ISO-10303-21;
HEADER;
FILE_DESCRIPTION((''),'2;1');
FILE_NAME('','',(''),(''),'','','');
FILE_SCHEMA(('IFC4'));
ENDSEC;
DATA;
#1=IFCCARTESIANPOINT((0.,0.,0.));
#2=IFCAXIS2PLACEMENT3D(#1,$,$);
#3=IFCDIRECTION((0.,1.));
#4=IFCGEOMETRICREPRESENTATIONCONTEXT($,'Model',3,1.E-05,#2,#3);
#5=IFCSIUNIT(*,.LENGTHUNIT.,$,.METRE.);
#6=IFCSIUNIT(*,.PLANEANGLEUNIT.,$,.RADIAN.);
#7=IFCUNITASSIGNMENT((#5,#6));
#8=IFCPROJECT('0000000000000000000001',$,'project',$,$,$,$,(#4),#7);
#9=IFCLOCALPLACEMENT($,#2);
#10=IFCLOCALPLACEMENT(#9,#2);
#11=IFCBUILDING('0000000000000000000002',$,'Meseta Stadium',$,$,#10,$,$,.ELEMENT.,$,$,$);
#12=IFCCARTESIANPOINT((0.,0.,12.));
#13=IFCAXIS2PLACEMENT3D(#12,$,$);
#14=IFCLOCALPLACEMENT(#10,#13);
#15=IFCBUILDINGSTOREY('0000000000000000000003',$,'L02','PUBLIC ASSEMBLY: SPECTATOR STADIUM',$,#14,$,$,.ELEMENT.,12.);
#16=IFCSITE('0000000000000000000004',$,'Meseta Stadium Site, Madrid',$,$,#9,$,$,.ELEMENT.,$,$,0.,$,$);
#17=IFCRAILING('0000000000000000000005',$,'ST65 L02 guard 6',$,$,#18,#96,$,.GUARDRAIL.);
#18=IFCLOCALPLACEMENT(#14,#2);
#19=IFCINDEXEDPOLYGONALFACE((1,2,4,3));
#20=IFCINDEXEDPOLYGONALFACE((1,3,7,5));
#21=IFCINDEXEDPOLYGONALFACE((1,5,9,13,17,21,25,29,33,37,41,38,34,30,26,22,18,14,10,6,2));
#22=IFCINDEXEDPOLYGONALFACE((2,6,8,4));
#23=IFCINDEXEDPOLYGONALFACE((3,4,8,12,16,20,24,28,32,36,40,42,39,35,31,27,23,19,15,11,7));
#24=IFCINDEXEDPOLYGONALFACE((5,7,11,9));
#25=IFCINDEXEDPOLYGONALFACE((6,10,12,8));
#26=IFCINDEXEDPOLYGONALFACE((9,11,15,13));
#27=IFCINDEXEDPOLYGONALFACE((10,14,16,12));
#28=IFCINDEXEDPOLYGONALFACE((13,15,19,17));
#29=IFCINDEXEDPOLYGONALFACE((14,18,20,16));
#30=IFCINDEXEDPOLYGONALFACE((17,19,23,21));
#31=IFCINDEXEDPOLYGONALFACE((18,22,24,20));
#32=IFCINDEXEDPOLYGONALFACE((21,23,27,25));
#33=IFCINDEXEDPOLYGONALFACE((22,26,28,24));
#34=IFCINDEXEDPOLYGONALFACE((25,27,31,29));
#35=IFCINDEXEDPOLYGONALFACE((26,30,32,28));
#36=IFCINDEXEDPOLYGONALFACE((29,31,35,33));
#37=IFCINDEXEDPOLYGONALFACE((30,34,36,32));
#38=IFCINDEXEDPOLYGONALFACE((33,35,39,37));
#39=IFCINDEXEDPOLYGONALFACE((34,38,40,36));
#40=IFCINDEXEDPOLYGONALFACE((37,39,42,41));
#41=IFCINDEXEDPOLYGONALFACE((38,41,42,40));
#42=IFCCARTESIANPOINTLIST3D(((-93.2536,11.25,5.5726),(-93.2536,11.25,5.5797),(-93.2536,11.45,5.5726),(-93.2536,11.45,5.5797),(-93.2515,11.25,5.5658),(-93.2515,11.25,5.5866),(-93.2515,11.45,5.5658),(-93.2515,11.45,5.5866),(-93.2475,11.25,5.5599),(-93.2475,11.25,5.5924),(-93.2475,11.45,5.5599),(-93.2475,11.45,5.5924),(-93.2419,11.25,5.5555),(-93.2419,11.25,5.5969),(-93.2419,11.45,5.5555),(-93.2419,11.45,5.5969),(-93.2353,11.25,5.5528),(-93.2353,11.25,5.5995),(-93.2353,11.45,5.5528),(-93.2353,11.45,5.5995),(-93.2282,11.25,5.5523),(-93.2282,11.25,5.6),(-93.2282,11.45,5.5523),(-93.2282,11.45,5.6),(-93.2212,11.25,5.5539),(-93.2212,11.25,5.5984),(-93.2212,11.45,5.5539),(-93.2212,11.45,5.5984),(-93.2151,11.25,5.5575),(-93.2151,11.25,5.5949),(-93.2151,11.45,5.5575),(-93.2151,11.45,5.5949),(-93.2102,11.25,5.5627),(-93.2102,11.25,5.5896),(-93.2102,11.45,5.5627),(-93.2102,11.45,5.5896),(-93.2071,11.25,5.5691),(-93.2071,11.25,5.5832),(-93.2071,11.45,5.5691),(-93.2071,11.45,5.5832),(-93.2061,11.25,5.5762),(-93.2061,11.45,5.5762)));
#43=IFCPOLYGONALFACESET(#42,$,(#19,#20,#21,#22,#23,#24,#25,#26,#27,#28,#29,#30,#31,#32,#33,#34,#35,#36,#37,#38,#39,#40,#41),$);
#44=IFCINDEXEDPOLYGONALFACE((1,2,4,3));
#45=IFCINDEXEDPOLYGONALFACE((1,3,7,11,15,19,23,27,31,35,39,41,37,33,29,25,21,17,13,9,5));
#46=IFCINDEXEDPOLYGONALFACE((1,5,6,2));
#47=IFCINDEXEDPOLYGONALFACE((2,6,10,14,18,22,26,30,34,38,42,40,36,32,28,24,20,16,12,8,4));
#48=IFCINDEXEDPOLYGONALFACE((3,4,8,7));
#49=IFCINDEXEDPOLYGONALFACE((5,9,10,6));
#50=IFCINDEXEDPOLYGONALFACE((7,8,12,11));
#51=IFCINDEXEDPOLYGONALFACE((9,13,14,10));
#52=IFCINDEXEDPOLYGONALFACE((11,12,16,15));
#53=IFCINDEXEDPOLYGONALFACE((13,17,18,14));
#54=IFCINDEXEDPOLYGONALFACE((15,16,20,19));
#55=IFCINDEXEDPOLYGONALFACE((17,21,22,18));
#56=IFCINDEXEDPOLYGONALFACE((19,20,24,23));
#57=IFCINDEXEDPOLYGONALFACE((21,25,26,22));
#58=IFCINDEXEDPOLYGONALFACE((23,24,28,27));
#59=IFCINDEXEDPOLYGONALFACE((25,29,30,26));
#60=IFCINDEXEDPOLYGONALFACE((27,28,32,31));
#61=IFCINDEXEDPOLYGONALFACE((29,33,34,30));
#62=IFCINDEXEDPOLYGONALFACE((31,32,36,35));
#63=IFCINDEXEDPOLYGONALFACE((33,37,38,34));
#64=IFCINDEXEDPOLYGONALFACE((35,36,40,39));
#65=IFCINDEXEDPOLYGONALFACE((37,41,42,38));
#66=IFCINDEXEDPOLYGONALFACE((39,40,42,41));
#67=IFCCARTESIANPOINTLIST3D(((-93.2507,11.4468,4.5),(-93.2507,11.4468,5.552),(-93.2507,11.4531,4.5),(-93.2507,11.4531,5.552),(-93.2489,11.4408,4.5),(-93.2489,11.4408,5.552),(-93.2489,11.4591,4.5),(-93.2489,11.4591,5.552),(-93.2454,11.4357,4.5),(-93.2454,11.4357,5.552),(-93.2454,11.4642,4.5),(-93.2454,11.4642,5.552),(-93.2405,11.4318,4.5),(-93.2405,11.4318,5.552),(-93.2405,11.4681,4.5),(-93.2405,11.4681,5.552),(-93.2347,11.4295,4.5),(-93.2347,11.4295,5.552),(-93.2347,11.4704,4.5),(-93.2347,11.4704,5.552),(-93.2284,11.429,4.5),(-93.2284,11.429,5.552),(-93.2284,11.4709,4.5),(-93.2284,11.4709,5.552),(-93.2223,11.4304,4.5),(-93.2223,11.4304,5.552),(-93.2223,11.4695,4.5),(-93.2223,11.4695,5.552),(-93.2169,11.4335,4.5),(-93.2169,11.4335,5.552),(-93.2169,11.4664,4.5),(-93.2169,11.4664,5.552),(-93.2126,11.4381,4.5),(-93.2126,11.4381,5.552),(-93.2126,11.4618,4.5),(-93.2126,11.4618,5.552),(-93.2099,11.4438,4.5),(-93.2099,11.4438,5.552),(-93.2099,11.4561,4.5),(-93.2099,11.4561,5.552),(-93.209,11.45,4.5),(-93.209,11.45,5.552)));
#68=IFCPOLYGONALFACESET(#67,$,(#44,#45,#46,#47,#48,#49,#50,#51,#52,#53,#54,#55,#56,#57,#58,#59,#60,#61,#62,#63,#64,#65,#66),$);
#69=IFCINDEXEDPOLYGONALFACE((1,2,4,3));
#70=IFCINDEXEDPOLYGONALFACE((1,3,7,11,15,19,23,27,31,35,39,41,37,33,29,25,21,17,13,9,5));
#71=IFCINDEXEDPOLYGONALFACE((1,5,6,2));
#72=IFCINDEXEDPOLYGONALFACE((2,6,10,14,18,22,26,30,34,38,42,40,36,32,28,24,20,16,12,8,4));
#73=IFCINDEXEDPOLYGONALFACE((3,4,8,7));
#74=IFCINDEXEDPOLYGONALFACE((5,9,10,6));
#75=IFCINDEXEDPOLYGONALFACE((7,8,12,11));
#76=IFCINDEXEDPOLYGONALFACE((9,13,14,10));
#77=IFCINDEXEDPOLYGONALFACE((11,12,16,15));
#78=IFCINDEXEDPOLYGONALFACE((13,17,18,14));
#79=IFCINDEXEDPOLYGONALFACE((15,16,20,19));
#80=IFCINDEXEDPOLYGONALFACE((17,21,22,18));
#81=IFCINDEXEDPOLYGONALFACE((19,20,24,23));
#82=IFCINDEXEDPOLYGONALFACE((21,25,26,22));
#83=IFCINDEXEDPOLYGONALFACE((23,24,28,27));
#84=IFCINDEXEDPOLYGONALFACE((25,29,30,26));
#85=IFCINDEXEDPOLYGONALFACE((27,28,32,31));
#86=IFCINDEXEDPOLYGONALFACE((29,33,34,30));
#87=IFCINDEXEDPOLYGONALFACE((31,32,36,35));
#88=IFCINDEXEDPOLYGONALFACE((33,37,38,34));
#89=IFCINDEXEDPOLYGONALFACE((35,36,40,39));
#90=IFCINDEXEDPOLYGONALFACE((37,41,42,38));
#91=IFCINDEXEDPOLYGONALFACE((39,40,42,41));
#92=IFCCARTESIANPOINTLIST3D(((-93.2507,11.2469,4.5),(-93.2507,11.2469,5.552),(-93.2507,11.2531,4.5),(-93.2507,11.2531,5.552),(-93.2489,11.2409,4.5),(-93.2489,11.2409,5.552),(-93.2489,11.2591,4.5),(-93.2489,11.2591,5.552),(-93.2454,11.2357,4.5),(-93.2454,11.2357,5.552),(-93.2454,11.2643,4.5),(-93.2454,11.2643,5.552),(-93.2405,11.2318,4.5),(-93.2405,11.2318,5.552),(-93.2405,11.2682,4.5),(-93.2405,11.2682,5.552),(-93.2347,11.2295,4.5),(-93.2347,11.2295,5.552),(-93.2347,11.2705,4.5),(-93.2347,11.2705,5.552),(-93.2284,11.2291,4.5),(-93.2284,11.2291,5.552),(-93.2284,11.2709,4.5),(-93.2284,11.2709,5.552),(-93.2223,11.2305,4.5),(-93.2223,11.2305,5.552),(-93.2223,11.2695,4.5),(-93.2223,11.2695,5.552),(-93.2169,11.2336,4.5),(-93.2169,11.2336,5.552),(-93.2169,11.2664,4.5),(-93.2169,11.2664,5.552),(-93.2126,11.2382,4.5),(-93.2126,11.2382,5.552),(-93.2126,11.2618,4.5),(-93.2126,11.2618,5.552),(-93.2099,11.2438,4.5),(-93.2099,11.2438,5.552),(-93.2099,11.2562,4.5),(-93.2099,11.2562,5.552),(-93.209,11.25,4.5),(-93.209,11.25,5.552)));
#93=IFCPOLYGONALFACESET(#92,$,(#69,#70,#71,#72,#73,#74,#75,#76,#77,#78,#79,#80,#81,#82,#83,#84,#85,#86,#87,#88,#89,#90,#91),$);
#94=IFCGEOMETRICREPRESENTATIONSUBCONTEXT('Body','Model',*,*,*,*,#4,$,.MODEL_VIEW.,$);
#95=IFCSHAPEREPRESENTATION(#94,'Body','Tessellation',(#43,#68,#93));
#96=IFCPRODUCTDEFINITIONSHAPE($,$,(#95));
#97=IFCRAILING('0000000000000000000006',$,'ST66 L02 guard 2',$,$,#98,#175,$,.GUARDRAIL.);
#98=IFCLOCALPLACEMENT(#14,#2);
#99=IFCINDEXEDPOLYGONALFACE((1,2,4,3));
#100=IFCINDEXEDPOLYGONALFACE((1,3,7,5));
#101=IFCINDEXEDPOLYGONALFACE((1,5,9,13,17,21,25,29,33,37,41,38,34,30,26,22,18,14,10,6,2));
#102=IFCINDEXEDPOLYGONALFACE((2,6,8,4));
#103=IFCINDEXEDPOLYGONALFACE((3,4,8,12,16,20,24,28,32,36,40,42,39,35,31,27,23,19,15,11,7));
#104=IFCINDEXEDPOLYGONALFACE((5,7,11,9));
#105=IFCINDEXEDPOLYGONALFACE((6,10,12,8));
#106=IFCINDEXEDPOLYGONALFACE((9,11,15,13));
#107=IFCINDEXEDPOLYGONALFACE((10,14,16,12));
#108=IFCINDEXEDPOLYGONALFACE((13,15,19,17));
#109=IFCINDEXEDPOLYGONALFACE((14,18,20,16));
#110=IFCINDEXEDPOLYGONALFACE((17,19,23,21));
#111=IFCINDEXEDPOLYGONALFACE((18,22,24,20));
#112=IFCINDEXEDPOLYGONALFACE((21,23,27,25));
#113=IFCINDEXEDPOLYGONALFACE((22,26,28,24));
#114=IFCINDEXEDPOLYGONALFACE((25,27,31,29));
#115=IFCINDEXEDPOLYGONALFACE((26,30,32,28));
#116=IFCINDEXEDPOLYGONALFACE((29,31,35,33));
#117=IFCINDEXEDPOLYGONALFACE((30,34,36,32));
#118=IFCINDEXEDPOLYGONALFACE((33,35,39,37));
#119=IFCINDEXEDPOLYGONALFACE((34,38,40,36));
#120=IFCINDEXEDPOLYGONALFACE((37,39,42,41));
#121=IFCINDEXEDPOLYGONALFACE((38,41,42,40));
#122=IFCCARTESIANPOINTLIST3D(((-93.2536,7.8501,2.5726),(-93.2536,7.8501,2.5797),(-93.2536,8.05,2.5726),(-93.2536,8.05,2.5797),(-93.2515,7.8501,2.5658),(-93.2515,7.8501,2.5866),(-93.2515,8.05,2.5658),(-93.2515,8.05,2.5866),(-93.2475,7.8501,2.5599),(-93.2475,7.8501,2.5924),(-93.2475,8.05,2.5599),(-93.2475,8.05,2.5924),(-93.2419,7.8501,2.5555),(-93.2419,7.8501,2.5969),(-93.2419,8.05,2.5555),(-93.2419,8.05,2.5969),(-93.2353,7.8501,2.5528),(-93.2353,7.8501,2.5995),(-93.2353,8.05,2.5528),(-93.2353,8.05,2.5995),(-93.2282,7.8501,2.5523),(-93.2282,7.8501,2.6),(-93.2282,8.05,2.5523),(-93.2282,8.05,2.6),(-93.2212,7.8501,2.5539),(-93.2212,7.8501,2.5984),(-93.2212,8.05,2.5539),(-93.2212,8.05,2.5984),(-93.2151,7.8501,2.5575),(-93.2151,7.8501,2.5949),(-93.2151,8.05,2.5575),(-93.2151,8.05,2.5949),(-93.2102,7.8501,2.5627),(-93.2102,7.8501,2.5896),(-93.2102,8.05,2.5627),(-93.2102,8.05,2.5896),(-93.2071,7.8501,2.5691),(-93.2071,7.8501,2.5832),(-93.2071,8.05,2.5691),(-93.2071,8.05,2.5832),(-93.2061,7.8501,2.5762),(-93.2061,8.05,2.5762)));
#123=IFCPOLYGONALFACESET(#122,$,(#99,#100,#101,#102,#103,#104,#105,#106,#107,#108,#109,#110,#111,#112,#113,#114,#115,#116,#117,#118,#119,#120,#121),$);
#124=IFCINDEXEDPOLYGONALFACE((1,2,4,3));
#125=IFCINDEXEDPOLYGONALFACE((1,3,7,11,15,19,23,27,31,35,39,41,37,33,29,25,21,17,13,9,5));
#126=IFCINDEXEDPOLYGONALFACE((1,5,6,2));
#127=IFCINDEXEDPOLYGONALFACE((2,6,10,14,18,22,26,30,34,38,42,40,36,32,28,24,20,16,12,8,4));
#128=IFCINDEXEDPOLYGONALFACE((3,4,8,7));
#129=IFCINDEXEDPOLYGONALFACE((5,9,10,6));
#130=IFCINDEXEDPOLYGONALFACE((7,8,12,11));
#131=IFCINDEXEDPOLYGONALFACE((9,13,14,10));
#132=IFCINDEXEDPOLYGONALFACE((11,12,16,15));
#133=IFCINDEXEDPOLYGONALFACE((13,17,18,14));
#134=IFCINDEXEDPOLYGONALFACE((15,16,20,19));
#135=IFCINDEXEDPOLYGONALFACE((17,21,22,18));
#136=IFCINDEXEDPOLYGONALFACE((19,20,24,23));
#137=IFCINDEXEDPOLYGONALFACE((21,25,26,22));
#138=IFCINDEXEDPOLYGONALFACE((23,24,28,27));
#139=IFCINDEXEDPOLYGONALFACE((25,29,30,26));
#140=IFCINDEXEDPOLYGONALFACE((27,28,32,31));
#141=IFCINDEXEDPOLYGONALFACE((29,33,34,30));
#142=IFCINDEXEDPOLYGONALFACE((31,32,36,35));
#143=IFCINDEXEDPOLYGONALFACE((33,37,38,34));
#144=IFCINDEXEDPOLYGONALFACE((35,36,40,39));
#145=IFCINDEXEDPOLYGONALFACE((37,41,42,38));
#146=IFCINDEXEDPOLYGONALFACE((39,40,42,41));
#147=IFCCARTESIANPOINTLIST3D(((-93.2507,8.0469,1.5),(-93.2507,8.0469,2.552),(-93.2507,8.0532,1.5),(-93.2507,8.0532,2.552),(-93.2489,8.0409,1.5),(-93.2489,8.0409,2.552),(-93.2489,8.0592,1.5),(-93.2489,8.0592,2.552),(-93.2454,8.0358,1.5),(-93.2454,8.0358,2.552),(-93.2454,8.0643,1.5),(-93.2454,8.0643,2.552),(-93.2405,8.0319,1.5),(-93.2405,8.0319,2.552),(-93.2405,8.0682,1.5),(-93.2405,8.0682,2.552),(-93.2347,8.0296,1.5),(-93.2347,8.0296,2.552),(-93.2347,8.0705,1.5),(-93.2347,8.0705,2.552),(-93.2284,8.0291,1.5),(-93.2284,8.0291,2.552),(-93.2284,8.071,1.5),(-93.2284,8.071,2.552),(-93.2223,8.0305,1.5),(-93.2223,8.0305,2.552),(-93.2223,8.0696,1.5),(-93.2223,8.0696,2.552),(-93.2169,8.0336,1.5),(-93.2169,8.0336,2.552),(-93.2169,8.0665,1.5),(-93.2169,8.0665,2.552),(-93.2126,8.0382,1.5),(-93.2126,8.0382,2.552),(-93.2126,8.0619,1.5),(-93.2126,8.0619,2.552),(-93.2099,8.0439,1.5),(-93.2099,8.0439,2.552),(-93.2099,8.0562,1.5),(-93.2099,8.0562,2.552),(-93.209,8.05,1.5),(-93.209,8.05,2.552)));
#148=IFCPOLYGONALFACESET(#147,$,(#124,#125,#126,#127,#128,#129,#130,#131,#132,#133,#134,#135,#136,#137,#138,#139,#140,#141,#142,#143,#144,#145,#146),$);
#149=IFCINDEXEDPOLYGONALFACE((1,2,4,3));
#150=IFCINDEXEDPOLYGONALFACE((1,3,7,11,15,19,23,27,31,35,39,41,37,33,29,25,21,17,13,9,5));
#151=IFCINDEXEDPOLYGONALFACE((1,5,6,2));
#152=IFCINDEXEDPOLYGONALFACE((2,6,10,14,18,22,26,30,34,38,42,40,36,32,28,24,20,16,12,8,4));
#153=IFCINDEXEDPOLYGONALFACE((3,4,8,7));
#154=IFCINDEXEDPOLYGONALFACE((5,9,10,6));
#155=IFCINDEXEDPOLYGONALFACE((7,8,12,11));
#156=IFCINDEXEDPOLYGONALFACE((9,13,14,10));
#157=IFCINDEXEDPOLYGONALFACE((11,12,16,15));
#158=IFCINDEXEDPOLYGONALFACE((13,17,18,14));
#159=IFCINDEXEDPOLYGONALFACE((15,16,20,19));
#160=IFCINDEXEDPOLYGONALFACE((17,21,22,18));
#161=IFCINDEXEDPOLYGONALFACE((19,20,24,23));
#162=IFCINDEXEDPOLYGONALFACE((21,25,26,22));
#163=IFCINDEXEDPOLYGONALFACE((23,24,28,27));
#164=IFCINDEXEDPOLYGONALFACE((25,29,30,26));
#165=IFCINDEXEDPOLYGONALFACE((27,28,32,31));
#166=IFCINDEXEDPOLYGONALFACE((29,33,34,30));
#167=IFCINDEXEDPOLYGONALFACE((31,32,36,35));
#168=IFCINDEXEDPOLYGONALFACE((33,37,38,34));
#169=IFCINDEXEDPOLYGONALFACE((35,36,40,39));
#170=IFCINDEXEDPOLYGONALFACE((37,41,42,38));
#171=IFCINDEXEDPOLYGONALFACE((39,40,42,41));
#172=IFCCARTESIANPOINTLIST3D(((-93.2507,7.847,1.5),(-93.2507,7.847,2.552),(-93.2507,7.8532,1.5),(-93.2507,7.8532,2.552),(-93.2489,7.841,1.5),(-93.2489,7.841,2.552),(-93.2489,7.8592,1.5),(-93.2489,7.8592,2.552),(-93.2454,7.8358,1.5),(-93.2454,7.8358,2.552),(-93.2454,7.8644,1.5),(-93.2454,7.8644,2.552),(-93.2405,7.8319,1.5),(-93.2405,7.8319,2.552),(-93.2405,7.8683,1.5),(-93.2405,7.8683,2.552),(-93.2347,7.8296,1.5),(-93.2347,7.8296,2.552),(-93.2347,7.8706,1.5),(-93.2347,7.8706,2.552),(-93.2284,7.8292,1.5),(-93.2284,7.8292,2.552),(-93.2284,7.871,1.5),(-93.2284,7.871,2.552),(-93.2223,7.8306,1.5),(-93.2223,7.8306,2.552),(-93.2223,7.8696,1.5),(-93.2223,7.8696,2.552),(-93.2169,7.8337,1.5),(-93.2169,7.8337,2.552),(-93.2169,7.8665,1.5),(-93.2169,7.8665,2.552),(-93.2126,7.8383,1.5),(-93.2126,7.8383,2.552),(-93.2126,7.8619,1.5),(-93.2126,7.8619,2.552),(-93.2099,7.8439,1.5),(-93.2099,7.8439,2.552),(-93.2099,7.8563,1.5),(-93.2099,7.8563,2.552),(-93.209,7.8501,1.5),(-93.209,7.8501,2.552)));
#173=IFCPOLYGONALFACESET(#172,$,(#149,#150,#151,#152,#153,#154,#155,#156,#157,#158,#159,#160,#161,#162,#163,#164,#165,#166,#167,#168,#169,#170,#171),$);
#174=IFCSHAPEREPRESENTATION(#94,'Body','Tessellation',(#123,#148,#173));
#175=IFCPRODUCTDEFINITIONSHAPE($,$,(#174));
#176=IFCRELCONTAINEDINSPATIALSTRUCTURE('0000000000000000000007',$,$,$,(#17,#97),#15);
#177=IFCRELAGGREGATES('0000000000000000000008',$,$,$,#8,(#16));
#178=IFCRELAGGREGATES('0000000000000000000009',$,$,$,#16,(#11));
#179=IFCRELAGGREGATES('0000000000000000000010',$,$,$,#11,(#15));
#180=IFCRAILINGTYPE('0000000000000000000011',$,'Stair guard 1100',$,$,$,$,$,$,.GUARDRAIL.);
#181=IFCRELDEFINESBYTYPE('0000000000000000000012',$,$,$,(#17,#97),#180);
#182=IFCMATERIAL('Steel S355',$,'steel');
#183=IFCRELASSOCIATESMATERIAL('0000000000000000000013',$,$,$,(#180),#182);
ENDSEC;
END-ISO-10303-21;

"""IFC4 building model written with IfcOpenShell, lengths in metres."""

from ifc_helpers import new_model, si_unit, direction, frame, origin, origin_2d, place, context, subcontext, project, spatial, circle, extrude, material, type_object, element, save


model = new_model("IFC4")

# Units and contexts
model_context = context("Model", 3, precision=1e-05, world=origin(), true_north=direction((0.0, 1.0)))
body_context = subcontext(model_context, "Body", "Model", "MODEL_VIEW")
ifc_project = project(units=[si_unit("LENGTHUNIT", "METRE"), si_unit("PLANEANGLEUNIT", "RADIAN")], contexts=[model_context])

# Site, building, storey
site_placement = place(None, origin())
site = spatial("IfcSite", under=ifc_project, at=site_placement, Name="Meseta Stadium Site, Madrid", CompositionType="ELEMENT", RefElevation=0.0)
building_placement = place(site_placement, origin())
building = spatial("IfcBuilding", under=site, at=building_placement, Name="Meseta Stadium", CompositionType="ELEMENT")
storey_placement = place(building_placement, frame((0.0, 0.0, 12.0)))
storey = spatial("IfcBuildingStorey", under=building, at=storey_placement, Name="L02", Description="PUBLIC ASSEMBLY: SPECTATOR STADIUM", CompositionType="ELEMENT", Elevation=12.0)

# Railings
ifc_material_1 = material(Name="Steel S355", Category="steel")
railing_type_1 = type_object("IfcRailingType", Name="Stair guard 1100", PredefinedType="GUARDRAIL", material=ifc_material_1)
for number, where, name in (
    (1, (-93.23, 11.45, 4.5), "ST65 L02 guard 6"),
    (2, (-93.23, 8.05, 1.5), "ST66 L02 guard 2"),
):
    element("IfcRailing", number, at=place(storey_placement, frame(where)), inside=storey, type_object=railing_type_1, Name=name, PredefinedType="GUARDRAIL", context=body_context, shape_type="SweptSolid", body=[
        extrude(circle(Radius=0.0239, at=origin_2d()), frame((0.0, 0.0, 1.0762), z_axis=(0.0, -1.0, 0.0), x_axis=(1.0, 0.0, 0.0)), (0.0, 0.0, 1.0), 0.2),
        extrude(circle(Radius=0.021, at=origin_2d()), origin(), (0.0, 0.0, 1.0), 1.052),
        extrude(circle(Radius=0.021, at=origin_2d()), frame((0.0, -0.2, 0.0)), (0.0, 0.0, 1.0), 1.052),
    ])

save(model, "model.ifc")
